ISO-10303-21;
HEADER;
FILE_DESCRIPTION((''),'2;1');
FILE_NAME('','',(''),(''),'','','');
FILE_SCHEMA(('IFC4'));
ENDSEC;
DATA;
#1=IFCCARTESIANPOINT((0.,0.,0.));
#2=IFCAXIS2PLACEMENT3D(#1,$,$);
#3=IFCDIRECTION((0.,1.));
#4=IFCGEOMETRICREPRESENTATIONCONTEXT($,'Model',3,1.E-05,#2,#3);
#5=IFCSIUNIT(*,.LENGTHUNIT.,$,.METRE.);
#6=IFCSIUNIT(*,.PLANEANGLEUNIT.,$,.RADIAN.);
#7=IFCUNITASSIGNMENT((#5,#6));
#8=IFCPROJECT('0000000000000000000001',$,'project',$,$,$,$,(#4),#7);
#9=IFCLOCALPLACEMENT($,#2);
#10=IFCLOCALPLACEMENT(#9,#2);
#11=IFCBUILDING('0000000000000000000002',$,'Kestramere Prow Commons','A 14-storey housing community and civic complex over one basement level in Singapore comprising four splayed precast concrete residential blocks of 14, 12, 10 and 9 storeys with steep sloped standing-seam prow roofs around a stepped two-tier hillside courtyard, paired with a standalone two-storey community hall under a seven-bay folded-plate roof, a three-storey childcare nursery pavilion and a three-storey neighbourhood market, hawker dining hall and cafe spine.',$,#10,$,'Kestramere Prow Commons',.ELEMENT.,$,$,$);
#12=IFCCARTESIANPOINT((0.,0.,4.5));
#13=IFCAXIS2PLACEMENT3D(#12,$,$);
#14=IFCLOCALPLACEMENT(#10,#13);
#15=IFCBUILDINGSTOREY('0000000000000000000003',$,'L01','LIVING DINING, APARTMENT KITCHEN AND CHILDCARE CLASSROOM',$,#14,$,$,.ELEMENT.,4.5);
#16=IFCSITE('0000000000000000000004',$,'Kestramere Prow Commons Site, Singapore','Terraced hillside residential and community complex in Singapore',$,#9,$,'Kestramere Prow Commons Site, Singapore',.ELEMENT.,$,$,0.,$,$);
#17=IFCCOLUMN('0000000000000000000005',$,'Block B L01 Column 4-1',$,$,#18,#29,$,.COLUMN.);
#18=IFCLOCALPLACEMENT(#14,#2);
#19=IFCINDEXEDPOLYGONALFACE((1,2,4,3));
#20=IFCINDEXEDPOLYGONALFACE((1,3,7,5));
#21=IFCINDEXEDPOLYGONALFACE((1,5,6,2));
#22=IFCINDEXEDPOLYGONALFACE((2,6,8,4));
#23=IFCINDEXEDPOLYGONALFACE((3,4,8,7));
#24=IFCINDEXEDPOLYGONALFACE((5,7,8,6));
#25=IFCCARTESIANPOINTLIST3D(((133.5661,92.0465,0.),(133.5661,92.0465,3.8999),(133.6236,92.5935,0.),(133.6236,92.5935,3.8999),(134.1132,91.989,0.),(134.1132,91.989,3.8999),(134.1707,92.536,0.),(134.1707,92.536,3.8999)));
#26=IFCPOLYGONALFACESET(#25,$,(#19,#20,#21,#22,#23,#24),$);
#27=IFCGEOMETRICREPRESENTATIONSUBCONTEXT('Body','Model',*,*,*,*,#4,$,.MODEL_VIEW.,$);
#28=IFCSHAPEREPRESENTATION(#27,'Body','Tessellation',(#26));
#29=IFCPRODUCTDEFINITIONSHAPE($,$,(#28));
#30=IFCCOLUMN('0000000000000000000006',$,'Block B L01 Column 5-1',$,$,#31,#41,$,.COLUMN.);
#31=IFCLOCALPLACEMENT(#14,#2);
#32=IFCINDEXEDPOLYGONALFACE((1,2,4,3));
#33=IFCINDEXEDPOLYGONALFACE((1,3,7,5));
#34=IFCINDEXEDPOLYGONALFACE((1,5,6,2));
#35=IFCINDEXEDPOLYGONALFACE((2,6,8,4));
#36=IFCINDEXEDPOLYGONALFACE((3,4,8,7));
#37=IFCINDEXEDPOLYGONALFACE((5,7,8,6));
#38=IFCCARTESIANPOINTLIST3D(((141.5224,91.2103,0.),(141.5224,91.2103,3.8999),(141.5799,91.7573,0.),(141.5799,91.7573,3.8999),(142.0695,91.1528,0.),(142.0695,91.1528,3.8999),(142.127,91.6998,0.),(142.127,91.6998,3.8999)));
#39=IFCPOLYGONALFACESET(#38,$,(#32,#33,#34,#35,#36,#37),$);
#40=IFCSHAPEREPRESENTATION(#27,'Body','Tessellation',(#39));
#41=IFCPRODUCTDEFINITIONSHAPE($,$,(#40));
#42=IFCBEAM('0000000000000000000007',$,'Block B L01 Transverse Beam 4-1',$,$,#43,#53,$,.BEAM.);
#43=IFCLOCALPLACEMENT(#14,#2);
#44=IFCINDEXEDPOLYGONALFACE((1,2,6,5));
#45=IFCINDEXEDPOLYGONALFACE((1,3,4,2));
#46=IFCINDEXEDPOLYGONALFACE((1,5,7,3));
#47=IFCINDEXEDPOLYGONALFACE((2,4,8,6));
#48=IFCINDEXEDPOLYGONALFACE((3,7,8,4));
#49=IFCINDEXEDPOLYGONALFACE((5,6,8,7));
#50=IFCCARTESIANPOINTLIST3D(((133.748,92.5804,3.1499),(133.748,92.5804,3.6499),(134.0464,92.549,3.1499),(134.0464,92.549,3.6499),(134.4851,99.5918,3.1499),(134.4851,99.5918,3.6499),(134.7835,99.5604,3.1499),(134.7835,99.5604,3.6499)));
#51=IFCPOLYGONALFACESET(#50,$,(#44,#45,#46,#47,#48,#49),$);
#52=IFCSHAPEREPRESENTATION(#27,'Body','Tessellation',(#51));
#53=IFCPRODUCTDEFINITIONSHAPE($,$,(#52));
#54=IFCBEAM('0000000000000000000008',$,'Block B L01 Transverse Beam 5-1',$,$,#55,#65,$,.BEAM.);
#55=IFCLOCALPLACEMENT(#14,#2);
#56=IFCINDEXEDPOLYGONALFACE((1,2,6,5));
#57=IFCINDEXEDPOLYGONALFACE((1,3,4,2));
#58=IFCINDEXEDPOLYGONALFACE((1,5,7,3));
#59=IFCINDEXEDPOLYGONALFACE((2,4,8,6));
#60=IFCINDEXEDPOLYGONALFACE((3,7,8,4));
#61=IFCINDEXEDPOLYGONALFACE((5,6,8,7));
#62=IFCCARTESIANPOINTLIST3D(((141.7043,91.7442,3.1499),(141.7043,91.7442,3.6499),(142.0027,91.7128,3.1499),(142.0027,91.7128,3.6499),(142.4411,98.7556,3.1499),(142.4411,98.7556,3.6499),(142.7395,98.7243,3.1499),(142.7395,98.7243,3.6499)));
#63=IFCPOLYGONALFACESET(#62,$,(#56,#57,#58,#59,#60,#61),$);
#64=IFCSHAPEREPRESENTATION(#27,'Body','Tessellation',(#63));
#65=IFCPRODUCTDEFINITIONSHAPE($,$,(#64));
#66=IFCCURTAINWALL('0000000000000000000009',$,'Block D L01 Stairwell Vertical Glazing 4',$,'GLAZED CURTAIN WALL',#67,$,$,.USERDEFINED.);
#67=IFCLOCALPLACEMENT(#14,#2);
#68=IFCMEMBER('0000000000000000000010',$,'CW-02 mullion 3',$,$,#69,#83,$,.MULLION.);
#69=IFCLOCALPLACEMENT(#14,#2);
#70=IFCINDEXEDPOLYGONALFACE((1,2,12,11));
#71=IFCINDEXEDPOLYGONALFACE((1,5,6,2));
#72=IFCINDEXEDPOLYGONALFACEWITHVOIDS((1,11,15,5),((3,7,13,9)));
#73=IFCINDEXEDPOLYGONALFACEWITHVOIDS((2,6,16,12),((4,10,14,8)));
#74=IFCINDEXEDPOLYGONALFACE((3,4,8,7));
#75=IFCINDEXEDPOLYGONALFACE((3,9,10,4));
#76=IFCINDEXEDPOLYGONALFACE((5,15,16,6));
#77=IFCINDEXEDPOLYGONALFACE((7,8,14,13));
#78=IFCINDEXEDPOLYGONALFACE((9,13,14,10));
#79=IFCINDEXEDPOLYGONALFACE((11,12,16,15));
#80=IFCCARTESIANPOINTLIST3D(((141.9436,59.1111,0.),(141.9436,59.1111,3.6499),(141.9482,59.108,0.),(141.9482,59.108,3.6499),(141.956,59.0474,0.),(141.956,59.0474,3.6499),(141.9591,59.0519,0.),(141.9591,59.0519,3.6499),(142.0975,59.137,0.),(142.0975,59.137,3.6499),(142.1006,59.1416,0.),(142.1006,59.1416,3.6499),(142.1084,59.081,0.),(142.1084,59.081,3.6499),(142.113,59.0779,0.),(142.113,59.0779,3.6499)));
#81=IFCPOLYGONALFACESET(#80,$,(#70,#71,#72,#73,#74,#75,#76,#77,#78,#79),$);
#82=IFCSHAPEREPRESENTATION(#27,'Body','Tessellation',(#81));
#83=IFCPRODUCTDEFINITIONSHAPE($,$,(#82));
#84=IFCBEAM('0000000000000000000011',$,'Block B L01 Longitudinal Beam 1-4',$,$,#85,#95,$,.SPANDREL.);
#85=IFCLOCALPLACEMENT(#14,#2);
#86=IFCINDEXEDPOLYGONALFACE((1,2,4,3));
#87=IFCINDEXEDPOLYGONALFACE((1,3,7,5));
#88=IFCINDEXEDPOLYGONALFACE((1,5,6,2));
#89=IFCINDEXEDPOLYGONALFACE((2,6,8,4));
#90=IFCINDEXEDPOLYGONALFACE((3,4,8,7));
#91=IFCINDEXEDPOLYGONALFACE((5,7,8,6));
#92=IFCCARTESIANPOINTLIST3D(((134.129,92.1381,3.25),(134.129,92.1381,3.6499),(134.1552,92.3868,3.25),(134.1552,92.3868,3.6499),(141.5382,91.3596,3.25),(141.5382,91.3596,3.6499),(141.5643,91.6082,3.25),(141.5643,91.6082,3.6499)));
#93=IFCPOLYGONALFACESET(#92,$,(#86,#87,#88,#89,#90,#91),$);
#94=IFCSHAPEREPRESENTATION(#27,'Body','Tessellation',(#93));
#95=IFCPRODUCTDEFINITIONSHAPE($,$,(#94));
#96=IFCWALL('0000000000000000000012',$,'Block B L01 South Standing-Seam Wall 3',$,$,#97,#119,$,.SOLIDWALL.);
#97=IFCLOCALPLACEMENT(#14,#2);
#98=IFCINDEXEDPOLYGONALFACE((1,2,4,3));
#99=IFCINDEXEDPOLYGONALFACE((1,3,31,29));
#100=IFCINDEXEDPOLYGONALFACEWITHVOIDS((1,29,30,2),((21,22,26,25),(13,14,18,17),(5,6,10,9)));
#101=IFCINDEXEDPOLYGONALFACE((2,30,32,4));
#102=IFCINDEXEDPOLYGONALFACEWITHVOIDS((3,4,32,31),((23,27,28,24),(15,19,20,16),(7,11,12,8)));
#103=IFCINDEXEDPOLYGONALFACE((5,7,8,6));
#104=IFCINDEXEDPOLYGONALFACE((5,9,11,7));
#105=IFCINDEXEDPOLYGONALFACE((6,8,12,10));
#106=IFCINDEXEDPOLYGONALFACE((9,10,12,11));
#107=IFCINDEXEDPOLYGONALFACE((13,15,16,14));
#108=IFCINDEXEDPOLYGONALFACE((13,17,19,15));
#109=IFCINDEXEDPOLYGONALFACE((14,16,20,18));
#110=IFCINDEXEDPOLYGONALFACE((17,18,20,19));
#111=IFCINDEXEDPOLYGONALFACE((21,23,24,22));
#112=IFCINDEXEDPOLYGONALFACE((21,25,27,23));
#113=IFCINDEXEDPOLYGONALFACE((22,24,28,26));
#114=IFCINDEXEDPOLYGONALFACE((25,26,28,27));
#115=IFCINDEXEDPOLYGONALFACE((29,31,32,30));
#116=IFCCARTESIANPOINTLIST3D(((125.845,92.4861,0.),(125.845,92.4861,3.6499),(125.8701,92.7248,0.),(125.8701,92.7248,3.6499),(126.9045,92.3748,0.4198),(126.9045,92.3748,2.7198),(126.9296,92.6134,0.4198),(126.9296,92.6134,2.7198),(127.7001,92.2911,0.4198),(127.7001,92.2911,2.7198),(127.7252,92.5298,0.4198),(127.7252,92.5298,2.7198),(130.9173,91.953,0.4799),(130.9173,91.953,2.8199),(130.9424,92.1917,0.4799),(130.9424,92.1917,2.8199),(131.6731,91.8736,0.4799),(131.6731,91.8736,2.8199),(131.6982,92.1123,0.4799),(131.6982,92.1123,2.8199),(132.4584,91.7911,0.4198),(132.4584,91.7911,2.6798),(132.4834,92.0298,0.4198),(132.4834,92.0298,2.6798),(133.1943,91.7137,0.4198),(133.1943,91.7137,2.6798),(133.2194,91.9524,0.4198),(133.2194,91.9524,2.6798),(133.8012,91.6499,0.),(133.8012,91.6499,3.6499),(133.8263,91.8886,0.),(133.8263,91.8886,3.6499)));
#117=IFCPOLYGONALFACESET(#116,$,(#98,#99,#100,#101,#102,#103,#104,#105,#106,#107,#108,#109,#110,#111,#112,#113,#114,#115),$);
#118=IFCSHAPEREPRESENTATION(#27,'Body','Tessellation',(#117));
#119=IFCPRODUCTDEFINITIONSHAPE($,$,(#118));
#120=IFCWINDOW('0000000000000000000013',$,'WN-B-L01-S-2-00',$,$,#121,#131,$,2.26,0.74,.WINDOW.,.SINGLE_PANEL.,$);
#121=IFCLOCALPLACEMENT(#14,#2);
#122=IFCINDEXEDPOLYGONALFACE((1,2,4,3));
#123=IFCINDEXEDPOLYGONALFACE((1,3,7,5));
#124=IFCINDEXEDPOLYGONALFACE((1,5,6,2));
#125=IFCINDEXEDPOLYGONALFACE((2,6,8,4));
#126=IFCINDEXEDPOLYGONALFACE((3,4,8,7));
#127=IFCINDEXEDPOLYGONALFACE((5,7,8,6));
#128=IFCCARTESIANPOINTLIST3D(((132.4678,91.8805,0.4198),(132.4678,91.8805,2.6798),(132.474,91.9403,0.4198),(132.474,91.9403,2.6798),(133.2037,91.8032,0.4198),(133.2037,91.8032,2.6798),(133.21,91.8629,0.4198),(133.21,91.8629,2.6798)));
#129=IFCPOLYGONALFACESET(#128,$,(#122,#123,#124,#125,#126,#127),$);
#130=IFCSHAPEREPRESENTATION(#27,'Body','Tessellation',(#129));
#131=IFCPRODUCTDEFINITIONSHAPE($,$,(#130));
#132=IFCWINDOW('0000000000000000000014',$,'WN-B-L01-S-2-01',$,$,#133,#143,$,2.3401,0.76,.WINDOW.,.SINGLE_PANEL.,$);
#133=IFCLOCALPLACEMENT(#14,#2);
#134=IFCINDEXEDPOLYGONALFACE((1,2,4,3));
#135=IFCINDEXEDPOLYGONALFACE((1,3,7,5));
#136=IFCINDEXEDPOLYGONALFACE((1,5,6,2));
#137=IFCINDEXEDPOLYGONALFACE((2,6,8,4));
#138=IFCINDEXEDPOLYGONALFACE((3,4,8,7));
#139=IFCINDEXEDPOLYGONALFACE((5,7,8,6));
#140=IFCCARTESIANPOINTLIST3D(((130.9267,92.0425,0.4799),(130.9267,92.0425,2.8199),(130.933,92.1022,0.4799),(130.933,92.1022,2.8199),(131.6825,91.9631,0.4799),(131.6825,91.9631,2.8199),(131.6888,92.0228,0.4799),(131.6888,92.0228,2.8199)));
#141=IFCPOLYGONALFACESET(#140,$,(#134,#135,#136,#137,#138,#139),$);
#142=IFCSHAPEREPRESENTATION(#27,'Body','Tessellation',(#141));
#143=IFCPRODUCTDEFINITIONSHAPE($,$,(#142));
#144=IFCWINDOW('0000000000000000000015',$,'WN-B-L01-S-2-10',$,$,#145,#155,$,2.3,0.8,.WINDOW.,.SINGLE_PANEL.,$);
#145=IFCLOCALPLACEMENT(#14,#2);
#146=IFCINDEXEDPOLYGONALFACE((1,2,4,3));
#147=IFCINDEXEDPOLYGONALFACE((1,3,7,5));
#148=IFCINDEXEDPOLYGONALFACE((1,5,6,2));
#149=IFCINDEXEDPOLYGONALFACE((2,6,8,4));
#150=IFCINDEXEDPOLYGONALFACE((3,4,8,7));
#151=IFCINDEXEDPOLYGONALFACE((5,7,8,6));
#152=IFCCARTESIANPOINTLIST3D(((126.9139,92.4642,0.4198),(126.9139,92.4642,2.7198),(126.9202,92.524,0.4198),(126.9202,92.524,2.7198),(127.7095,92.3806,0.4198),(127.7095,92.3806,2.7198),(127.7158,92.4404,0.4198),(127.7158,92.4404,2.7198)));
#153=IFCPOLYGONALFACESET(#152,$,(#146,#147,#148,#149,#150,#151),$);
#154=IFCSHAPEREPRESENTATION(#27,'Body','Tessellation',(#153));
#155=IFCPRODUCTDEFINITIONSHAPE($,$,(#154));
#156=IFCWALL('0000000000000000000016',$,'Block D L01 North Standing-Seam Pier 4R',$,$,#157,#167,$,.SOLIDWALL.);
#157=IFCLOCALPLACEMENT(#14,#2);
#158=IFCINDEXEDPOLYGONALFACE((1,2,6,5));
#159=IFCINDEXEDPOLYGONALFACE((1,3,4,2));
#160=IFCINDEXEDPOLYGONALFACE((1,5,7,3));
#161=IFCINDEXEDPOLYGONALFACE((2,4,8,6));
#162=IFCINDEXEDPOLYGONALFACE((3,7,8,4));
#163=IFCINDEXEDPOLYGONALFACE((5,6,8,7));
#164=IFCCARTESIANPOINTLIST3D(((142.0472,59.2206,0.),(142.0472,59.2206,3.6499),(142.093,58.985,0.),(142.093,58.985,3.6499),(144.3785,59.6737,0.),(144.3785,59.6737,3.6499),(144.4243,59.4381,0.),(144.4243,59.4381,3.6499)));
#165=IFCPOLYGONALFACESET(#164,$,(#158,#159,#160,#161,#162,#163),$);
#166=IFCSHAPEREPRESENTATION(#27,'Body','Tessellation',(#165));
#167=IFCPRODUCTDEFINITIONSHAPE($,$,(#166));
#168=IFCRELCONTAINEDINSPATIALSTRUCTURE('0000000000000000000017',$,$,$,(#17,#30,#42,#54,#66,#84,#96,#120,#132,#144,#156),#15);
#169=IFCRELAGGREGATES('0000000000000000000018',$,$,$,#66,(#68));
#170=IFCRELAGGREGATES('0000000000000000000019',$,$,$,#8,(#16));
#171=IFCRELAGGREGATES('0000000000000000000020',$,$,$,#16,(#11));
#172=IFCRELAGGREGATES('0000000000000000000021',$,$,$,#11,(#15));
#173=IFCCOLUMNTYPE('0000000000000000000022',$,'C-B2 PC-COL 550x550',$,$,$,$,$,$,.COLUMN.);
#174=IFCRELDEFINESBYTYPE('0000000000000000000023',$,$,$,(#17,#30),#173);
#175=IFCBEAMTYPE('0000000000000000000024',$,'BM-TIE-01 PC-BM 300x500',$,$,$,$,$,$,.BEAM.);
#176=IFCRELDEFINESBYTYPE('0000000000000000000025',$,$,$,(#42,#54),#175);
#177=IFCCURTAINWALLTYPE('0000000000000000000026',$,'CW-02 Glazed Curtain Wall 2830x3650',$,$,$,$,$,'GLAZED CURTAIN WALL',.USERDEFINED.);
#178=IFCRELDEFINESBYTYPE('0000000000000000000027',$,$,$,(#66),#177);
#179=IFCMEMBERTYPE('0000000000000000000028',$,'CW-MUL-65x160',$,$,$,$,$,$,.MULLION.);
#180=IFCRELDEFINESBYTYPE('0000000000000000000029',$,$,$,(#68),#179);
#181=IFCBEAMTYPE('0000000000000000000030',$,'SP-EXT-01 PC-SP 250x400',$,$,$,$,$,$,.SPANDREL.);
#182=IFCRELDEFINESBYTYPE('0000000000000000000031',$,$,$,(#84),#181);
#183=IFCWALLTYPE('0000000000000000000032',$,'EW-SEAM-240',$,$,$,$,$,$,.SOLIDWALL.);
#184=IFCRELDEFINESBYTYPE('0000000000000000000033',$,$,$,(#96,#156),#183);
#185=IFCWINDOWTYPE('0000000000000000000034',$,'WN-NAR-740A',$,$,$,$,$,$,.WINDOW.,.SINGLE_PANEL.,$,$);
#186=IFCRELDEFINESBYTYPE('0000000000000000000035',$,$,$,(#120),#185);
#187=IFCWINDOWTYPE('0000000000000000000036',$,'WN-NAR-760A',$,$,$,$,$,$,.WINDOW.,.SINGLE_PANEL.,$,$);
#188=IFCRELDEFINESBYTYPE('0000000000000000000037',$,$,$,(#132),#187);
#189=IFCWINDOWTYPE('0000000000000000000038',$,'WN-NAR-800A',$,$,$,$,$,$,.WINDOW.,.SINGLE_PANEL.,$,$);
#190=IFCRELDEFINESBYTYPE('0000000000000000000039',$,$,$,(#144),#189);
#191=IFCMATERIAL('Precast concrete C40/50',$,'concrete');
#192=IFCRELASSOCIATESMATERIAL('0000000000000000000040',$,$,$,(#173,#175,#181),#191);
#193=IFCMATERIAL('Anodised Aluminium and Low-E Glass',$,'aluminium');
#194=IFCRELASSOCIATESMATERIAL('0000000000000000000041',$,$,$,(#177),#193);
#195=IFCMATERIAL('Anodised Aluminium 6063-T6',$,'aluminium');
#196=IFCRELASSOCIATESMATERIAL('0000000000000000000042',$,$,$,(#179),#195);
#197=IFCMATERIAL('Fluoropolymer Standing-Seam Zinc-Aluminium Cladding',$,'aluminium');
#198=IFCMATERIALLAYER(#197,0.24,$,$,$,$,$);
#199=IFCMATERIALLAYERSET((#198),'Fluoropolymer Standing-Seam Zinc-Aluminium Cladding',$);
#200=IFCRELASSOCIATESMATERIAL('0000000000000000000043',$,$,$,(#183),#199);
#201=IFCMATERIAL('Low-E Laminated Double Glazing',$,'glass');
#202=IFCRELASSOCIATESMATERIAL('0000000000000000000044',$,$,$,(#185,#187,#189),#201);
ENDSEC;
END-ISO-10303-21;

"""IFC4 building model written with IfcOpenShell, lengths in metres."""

from ifc_helpers import new_model, si_unit, direction, frame, frame_2d, origin, origin_2d, place, context, subcontext, project, spatial, rectangle, hollow_rectangle, extrude, material, layer, layer_set, material_profile, profile_set, type_object, element, fill, aggregate, save


model = new_model("IFC4")

# Units and contexts
model_context = context("Model", 3, precision=1e-05, world=origin(), true_north=direction((0.0, 1.0)))
body_context = subcontext(model_context, "Body", "Model", "MODEL_VIEW")
ifc_project = project(units=[si_unit("LENGTHUNIT", "METRE"), si_unit("PLANEANGLEUNIT", "RADIAN")], contexts=[model_context])

# Site, building, storey
site_placement = place(None, origin())
site = spatial("IfcSite", under=ifc_project, at=site_placement, Name="Kestramere Prow Commons Site, Singapore", Description="Terraced hillside residential and community complex in Singapore", LongName="Kestramere Prow Commons Site, Singapore", CompositionType="ELEMENT", RefElevation=0.0)
building_placement = place(site_placement, origin())
building = spatial("IfcBuilding", under=site, at=building_placement, Name="Kestramere Prow Commons", Description="A 14-storey housing community and civic complex over one basement level in Singapore comprising four splayed precast concrete residential blocks of 14, 12, 10 and 9 storeys with steep sloped standing-seam prow roofs around a stepped two-tier hillside courtyard, paired with a standalone two-storey community hall under a seven-bay folded-plate roof, a three-storey childcare nursery pavilion and a three-storey neighbourhood market, hawker dining hall and cafe spine.", LongName="Kestramere Prow Commons", CompositionType="ELEMENT")
storey_placement = place(building_placement, frame((0.0, 0.0, 4.5)))
storey = spatial("IfcBuildingStorey", under=building, at=storey_placement, Name="L01", Description="LIVING DINING, APARTMENT KITCHEN AND CHILDCARE CLASSROOM", CompositionType="ELEMENT", Elevation=4.5)

# Columns
ifc_material_1 = material(Name="Precast concrete C40/50", Category="concrete")
ifc_material_profile_1 = material_profile(ifc_material_1, rectangle(XDim=0.55, YDim=0.55, at=origin_2d()), Name="PC-COL 550x550")
ifc_profile_set_1 = profile_set([ifc_material_profile_1], Name="Precast concrete C40/50")
column_type = type_object("IfcColumnType", Name="C-B2 PC-COL 550x550", PredefinedType="COLUMN", material=ifc_profile_set_1)
for number, where, z_axis, x_axis, name in (
    (1, (133.8684, 92.2913, 0.0), (0.0, 0.0, 1.0), (0.994522, -0.104528, 0.0), "Block B L01 Column 4-1"),
    (2, (141.8247, 91.4551, 0.0), (0.0, 0.0, 1.0), (0.994522, -0.104528, 0.0), "Block B L01 Column 5-1"),
):
    element("IfcColumn", number, at=place(storey_placement, frame(where, z_axis=z_axis, x_axis=x_axis)), inside=storey, type_object=column_type, Name=name, PredefinedType="COLUMN", context=body_context, shape_type="SweptSolid", body=[
        extrude(rectangle(XDim=0.55, YDim=0.55, at=origin_2d()), origin(), (0.0, 0.0, 1.0), 3.8999),
    ])

# Beams
ifc_material_profile_2 = material_profile(ifc_material_1, rectangle(XDim=0.3, YDim=0.5, at=origin_2d()), Name="PC-BM 300x500")
ifc_profile_set_2 = profile_set([ifc_material_profile_2], Name="Precast concrete C40/50")
beam_type_1 = type_object("IfcBeamType", Name="BM-TIE-01 PC-BM 300x500", PredefinedType="BEAM", material=ifc_profile_set_2)
for number, where, z_axis, x_axis, name in (
    (3, (133.8972, 92.5647, 3.3999), (0.104546, 0.99452, 0.0), (-0.99452, 0.104546, 0.0), "Block B L01 Transverse Beam 4-1"),
    (4, (141.8535, 91.7285, 3.3999), (0.104512, 0.994524, 0.0), (-0.994524, 0.104512, 0.0), "Block B L01 Transverse Beam 5-1"),
):
    element("IfcBeam", number, at=place(storey_placement, frame(where, z_axis=z_axis, x_axis=x_axis)), inside=storey, type_object=beam_type_1, Name=name, PredefinedType="BEAM", context=body_context, shape_type="SweptSolid", body=[
        extrude(rectangle(XDim=0.3, YDim=0.5, at=origin_2d()), origin(), (0.0, 0.0, 1.0), 7.05),
    ])

# Curtain wall, member
ifc_material_2 = material(Name="Anodised Aluminium and Low-E Glass", Category="aluminium")
curtain_wall_type = type_object("IfcCurtainWallType", Name="CW-02 Glazed Curtain Wall 2830x3650", ElementType="GLAZED CURTAIN WALL", PredefinedType="USERDEFINED", material=ifc_material_2)
curtain_wall_placement = place(storey_placement, origin())
curtain_wall = element("IfcCurtainWall", 5, at=curtain_wall_placement, inside=storey, type_object=curtain_wall_type, Name="Block D L01 Stairwell Vertical Glazing 4", ObjectType="GLAZED CURTAIN WALL", PredefinedType="USERDEFINED")
ifc_material_3 = material(Name="Anodised Aluminium 6063-T6", Category="aluminium")
ifc_material_profile_3 = material_profile(ifc_material_3, hollow_rectangle(XDim=0.0649, YDim=0.1599, WallThickness=0.0039, at=origin_2d()), Name="ALU-MUL 65x160")
ifc_profile_set_3 = profile_set([ifc_material_profile_3], Name="Anodised Aluminium 6063-T6")
member_type = type_object("IfcMemberType", Name="CW-MUL-65x160", PredefinedType="MULLION", material=ifc_profile_set_3)
member_placement = place(storey_placement, frame((142.0283, 59.0945, 0.0), z_axis=(0.0, 0.0, 1.0), x_axis=(-0.190809, 0.981627, 0.0)))
member = element("IfcMember", 6, at=member_placement, type_object=member_type, Name="CW-02 mullion 3", PredefinedType="MULLION", context=body_context, shape_type="SweptSolid", body=[
    extrude(hollow_rectangle(XDim=0.0649, YDim=0.1599, WallThickness=0.0039, at=origin_2d()), origin(), (0.0, 0.0, 1.0), 3.6499),
])
aggregate(curtain_wall, [member])

# Beam
ifc_material_profile_4 = material_profile(ifc_material_1, rectangle(XDim=0.25, YDim=0.3999, at=origin_2d()), Name="PC-SP 250x400")
ifc_profile_set_4 = profile_set([ifc_material_profile_4], Name="Precast concrete C40/50")
beam_type_2 = type_object("IfcBeamType", Name="SP-EXT-01 PC-SP 250x400", PredefinedType="SPANDREL", material=ifc_profile_set_4)
beam_placement = place(storey_placement, frame((134.1421, 92.2625, 3.45), z_axis=(0.994524, -0.104506, 0.0), x_axis=(0.104506, 0.994524, 0.0)))
element("IfcBeam", 7, at=beam_placement, inside=storey, type_object=beam_type_2, Name="Block B L01 Longitudinal Beam 1-4", PredefinedType="SPANDREL", context=body_context, shape_type="SweptSolid", body=[
    extrude(rectangle(XDim=0.25, YDim=0.3999, at=origin_2d()), origin(), (0.0, 0.0, 1.0), 7.45),
])

# Wall, openings, windows
ifc_material_4 = material(Name="Fluoropolymer Standing-Seam Zinc-Aluminium Cladding", Category="aluminium")
ifc_layer_1 = layer(ifc_material_4, 0.24)
ifc_layer_set_1 = layer_set([ifc_layer_1], Name="Fluoropolymer Standing-Seam Zinc-Aluminium Cladding")
wall_type_1 = type_object("IfcWallType", Name="EW-SEAM-240", PredefinedType="SOLIDWALL", material=ifc_layer_set_1)
wall_1_placement = place(storey_placement, frame((133.8137, 91.7693, 0.0), z_axis=(0.0, 0.0, 1.0), x_axis=(-0.994523, 0.104521, 0.0)))
wall_1 = element("IfcWall", 8, at=wall_1_placement, inside=storey, type_object=wall_type_1, Name="Block B L01 South Standing-Seam Wall 3", PredefinedType="SOLIDWALL", context=body_context, shape_type="SweptSolid", body=[
    extrude(rectangle(XDim=8.0, YDim=0.24, at=frame_2d((4.0, 0.0))), origin(), (0.0, 0.0, 1.0), 3.6499),
])
opening_1_placement = place(wall_1_placement, frame((0.6101, 0.0, 0.4199)))
opening_1 = element("IfcOpeningElement", 9, at=opening_1_placement, cuts=wall_1, PredefinedType="OPENING", context=body_context, shape_type="SweptSolid", body=[
    extrude(rectangle(XDim=0.74, YDim=2.26, at=frame_2d((0.3701, 1.1299))), frame((0.0, 0.135, 0.0), z_axis=(0.0, -1.0, 0.0), x_axis=(1.0, 0.0, 0.0)), (0.0, 0.0, 1.0), 0.27),
])
opening_2_placement = place(wall_1_placement, frame((2.1399, 0.0, 0.48)))
opening_2 = element("IfcOpeningElement", 10, at=opening_2_placement, cuts=wall_1, PredefinedType="OPENING", context=body_context, shape_type="SweptSolid", body=[
    extrude(rectangle(XDim=0.76, YDim=2.3401, at=frame_2d((0.3799, 1.1699))), frame((0.0, 0.135, 0.0), z_axis=(0.0, -1.0, 0.0), x_axis=(1.0, 0.0, 0.0)), (0.0, 0.0, 1.0), 0.27),
])
opening_3_placement = place(wall_1_placement, frame((6.1348, 0.0, 0.4199)))
opening_3 = element("IfcOpeningElement", 11, at=opening_3_placement, cuts=wall_1, PredefinedType="OPENING", context=body_context, shape_type="SweptSolid", body=[
    extrude(rectangle(XDim=0.8, YDim=2.3, at=frame_2d((0.3999, 1.1499))), frame((0.0, 0.135, 0.0), z_axis=(0.0, -1.0, 0.0), x_axis=(1.0, 0.0, 0.0)), (0.0, 0.0, 1.0), 0.27),
])
ifc_material_5 = material(Name="Low-E Laminated Double Glazing", Category="glass")
window_type_1 = type_object("IfcWindowType", Name="WN-NAR-740A", PartitioningType="SINGLE_PANEL", PredefinedType="WINDOW", material=ifc_material_5)
window_1_placement = place(opening_1_placement, origin())
window_1 = element("IfcWindow", 12, at=window_1_placement, inside=storey, type_object=window_type_1, Name="WN-B-L01-S-2-00", OverallHeight=2.26, OverallWidth=0.74, PartitioningType="SINGLE_PANEL", PredefinedType="WINDOW", context=body_context, shape_type="SweptSolid", body=[
    extrude(rectangle(XDim=0.74, YDim=2.26, at=frame_2d((0.3701, 1.1299))), frame((0.0, 0.03, 0.0), z_axis=(0.0, -1.0, 0.0), x_axis=(1.0, 0.0, 0.0)), (0.0, 0.0, 1.0), 0.0601),
])
fill(opening_1, window_1)
window_type_2 = type_object("IfcWindowType", Name="WN-NAR-760A", PartitioningType="SINGLE_PANEL", PredefinedType="WINDOW", material=ifc_material_5)
window_2_placement = place(opening_2_placement, origin())
window_2 = element("IfcWindow", 13, at=window_2_placement, inside=storey, type_object=window_type_2, Name="WN-B-L01-S-2-01", OverallHeight=2.3401, OverallWidth=0.76, PartitioningType="SINGLE_PANEL", PredefinedType="WINDOW", context=body_context, shape_type="SweptSolid", body=[
    extrude(rectangle(XDim=0.76, YDim=2.3401, at=frame_2d((0.3799, 1.1699))), frame((0.0, 0.03, 0.0), z_axis=(0.0, -1.0, 0.0), x_axis=(1.0, 0.0, 0.0)), (0.0, 0.0, 1.0), 0.0601),
])
fill(opening_2, window_2)
window_type_3 = type_object("IfcWindowType", Name="WN-NAR-800A", PartitioningType="SINGLE_PANEL", PredefinedType="WINDOW", material=ifc_material_5)
window_3_placement = place(opening_3_placement, origin())
window_3 = element("IfcWindow", 14, at=window_3_placement, inside=storey, type_object=window_type_3, Name="WN-B-L01-S-2-10", OverallHeight=2.3, OverallWidth=0.8, PartitioningType="SINGLE_PANEL", PredefinedType="WINDOW", context=body_context, shape_type="SweptSolid", body=[
    extrude(rectangle(XDim=0.8, YDim=2.3, at=frame_2d((0.3999, 1.1499))), frame((0.0, 0.03, 0.0), z_axis=(0.0, -1.0, 0.0), x_axis=(1.0, 0.0, 0.0)), (0.0, 0.0, 1.0), 0.0601),
])
fill(opening_3, window_3)

# Wall
wall_2_placement = place(storey_placement, frame((142.0701, 59.1028, 0.0), z_axis=(0.0, 0.0, 1.0), x_axis=(0.98163, 0.190795, 0.0)))
element("IfcWall", 15, at=wall_2_placement, inside=storey, type_object=wall_type_1, Name="Block D L01 North Standing-Seam Pier 4R", PredefinedType="SOLIDWALL", context=body_context, shape_type="SweptSolid", body=[
    extrude(rectangle(XDim=2.375, YDim=0.24, at=frame_2d((1.1875, 0.0))), origin(), (0.0, 0.0, 1.0), 3.6499),
])

save(model, "model.ifc")
